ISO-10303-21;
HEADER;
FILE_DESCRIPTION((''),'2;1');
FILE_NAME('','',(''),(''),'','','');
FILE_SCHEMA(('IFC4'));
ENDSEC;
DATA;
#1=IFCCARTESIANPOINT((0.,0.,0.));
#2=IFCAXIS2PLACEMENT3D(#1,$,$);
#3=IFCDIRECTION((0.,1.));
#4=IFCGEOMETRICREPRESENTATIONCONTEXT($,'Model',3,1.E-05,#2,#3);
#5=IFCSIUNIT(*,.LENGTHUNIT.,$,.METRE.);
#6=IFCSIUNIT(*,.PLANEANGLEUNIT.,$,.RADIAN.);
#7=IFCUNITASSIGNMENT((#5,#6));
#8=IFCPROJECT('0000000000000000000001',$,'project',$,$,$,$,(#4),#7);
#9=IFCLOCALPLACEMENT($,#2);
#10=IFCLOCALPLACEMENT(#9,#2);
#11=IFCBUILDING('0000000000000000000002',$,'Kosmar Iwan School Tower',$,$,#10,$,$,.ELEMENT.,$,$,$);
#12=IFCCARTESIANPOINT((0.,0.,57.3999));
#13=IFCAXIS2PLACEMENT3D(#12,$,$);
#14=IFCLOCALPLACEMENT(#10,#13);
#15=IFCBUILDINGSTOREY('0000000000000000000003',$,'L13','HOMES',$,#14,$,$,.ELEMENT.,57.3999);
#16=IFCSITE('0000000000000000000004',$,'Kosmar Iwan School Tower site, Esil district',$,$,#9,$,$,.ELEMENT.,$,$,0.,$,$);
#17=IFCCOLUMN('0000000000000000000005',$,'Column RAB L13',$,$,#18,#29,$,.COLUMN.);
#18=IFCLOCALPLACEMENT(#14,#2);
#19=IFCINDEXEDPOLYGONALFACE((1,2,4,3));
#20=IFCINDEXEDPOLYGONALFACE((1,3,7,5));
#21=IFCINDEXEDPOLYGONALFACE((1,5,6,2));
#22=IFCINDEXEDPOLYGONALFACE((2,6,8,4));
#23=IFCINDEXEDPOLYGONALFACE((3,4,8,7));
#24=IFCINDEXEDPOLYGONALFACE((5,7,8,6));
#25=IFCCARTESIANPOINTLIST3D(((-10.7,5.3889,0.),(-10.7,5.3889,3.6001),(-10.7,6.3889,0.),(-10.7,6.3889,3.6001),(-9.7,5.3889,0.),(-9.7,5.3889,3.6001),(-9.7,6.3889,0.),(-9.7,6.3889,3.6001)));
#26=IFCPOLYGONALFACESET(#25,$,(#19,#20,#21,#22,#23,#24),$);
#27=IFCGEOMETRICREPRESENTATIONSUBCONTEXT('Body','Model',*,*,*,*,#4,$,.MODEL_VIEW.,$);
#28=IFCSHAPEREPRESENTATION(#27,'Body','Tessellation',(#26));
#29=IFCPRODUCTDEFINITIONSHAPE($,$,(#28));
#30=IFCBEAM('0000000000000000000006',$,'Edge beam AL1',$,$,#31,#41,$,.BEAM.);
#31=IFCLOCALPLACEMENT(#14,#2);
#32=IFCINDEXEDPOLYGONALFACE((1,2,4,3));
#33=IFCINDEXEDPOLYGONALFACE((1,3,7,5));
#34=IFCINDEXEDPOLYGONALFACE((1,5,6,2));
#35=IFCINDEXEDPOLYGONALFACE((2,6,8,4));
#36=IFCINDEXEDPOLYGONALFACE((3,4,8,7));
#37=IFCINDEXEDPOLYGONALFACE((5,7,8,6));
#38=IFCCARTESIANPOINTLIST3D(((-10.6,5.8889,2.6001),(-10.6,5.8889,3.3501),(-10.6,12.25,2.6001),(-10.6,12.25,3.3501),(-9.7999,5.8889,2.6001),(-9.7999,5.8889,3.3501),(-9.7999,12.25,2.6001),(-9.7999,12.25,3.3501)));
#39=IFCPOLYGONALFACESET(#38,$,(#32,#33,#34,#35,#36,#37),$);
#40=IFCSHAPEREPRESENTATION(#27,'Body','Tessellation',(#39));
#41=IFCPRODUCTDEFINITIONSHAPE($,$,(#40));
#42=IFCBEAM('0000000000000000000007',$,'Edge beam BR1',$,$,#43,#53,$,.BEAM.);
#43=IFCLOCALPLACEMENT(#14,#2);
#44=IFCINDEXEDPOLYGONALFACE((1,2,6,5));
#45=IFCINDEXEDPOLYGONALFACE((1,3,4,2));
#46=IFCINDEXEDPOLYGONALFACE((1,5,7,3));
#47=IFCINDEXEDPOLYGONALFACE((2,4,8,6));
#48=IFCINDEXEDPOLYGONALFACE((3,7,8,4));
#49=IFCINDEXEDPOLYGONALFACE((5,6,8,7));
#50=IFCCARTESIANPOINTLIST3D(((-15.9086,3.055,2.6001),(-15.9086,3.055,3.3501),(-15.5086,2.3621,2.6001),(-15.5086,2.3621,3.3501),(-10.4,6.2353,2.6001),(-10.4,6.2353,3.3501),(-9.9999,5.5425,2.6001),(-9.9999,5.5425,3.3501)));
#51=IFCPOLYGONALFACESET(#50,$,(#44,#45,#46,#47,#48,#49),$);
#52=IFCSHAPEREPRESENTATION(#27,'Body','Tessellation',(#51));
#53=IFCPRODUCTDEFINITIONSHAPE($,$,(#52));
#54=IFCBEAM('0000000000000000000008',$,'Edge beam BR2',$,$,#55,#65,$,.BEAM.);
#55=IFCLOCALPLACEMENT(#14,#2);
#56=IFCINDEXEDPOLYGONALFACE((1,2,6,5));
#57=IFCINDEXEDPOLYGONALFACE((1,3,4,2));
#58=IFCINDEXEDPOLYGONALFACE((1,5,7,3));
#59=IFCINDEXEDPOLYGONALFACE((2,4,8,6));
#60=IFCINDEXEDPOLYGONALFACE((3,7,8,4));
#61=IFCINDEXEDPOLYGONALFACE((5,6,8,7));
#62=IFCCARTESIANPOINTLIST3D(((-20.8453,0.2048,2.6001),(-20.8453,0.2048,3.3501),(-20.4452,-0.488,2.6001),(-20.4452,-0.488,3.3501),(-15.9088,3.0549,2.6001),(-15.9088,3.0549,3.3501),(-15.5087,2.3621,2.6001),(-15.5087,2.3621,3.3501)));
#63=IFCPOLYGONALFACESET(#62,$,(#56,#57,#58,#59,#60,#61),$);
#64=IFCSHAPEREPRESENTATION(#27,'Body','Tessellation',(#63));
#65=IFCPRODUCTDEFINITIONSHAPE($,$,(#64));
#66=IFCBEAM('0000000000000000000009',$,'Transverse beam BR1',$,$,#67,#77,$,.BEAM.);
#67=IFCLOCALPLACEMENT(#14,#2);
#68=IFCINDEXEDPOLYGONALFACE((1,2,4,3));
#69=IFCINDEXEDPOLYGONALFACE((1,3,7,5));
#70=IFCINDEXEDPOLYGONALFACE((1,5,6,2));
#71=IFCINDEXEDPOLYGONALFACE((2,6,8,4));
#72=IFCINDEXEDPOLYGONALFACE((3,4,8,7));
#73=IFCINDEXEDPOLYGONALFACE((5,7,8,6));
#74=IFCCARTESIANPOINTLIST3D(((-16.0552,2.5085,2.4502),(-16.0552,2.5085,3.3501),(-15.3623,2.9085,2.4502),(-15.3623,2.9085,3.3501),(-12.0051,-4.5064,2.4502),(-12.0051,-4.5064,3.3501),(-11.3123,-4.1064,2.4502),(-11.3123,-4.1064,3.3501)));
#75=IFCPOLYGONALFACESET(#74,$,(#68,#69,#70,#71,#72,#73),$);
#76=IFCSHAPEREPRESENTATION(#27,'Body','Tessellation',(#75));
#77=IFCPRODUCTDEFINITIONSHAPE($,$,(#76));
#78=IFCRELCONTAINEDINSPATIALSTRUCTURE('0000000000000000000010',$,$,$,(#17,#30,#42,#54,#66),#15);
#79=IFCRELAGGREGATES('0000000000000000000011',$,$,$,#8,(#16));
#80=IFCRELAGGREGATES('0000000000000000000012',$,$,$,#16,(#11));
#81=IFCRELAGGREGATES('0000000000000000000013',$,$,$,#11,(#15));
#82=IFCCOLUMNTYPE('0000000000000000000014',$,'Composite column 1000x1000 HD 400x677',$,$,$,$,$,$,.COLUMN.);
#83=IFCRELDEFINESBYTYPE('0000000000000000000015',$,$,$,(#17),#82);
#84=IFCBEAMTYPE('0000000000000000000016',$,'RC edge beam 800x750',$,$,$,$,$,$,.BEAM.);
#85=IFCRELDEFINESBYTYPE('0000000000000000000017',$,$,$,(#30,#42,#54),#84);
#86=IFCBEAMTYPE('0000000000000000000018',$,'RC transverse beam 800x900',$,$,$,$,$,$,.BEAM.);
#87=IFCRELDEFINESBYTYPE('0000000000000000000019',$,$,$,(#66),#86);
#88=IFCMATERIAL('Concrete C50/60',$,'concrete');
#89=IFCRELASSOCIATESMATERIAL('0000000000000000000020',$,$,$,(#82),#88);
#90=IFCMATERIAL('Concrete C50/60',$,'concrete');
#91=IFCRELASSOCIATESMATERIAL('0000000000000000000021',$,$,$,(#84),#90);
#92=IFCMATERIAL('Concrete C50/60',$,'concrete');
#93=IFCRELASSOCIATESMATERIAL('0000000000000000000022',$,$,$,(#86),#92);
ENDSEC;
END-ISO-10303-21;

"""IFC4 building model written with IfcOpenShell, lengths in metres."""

from ifc_helpers import new_model, si_unit, direction, frame, origin, origin_2d, place, context, subcontext, project, spatial, rectangle, extrude, material, material_profile, profile_set, type_object, element, save


model = new_model("IFC4")

# Units and contexts
model_context = context("Model", 3, precision=1e-05, world=origin(), true_north=direction((0.0, 1.0)))
body_context = subcontext(model_context, "Body", "Model", "MODEL_VIEW")
ifc_project = project(units=[si_unit("LENGTHUNIT", "METRE"), si_unit("PLANEANGLEUNIT", "RADIAN")], contexts=[model_context])

# Site, building, storey
site_placement = place(None, origin())
site = spatial("IfcSite", under=ifc_project, at=site_placement, Name="Kosmar Iwan School Tower site, Esil district", CompositionType="ELEMENT", RefElevation=0.0)
building_placement = place(site_placement, origin())
building = spatial("IfcBuilding", under=site, at=building_placement, Name="Kosmar Iwan School Tower", CompositionType="ELEMENT")
storey_placement = place(building_placement, frame((0.0, 0.0, 57.3999)))
storey = spatial("IfcBuildingStorey", under=building, at=storey_placement, Name="L13", Description="HOMES", CompositionType="ELEMENT", Elevation=57.3999)

# Column
ifc_material_1 = material(Name="Concrete C50/60", Category="concrete")
ifc_material_profile_1 = material_profile(ifc_material_1, rectangle(XDim=1.0, YDim=1.0, at=origin_2d()), Name="RC 1000x1000 + HD 400x677")
ifc_profile_set_1 = profile_set([ifc_material_profile_1], Name="Concrete C50/60")
column_type = type_object("IfcColumnType", Name="Composite column 1000x1000 HD 400x677", PredefinedType="COLUMN", material=ifc_profile_set_1)
column_placement = place(storey_placement, frame((-10.2, 5.8889, 0.0), z_axis=(0.0, 0.0, 1.0), x_axis=(1.0, 0.0, 0.0)))
element("IfcColumn", 1, at=column_placement, inside=storey, type_object=column_type, Name="Column RAB L13", PredefinedType="COLUMN", context=body_context, shape_type="SweptSolid", body=[
    extrude(rectangle(XDim=1.0, YDim=1.0, at=origin_2d()), origin(), (0.0, 0.0, 1.0), 3.6001),
])

# Beams
ifc_material_2 = material(Name="Concrete C50/60", Category="concrete")
ifc_material_profile_2 = material_profile(ifc_material_2, rectangle(XDim=0.8, YDim=0.75, at=origin_2d()), Name="RC 800x750")
ifc_profile_set_2 = profile_set([ifc_material_profile_2], Name="Concrete C50/60")
beam_type_1 = type_object("IfcBeamType", Name="RC edge beam 800x750", PredefinedType="BEAM", material=ifc_profile_set_2)
beam_1_placement = place(storey_placement, frame((-10.2, 5.8889, 2.9751), z_axis=(0.0, 1.0, 0.0), x_axis=(-1.0, 0.0, 0.0)))
element("IfcBeam", 2, at=beam_1_placement, inside=storey, type_object=beam_type_1, Name="Edge beam AL1", PredefinedType="BEAM", context=body_context, shape_type="SweptSolid", body=[
    extrude(rectangle(XDim=0.8, YDim=0.75, at=origin_2d()), origin(), (0.0, 0.0, 1.0), 6.3611),
])
beam_2_placement = place(storey_placement, frame((-10.2, 5.8889, 2.9751), z_axis=(-0.866031, -0.49999, 0.0), x_axis=(0.49999, -0.866031, 0.0)))
element("IfcBeam", 3, at=beam_2_placement, inside=storey, type_object=beam_type_1, Name="Edge beam BR1", PredefinedType="BEAM", context=body_context, shape_type="SweptSolid", body=[
    extrude(rectangle(XDim=0.8, YDim=0.75, at=origin_2d()), origin(), (0.0, 0.0, 1.0), 6.3608),
])
beam_3_placement = place(storey_placement, frame((-15.7087, 2.7085, 2.9751), z_axis=(-0.866026, -0.499999, 0.0), x_axis=(0.499999, -0.866026, 0.0)))
element("IfcBeam", 4, at=beam_3_placement, inside=storey, type_object=beam_type_1, Name="Edge beam BR2", PredefinedType="BEAM", context=body_context, shape_type="SweptSolid", body=[
    extrude(rectangle(XDim=0.8, YDim=0.75, at=origin_2d()), origin(), (0.0, 0.0, 1.0), 5.7002),
])
ifc_material_3 = material(Name="Concrete C50/60", Category="concrete")
ifc_material_profile_3 = material_profile(ifc_material_3, rectangle(XDim=0.8, YDim=0.8999, at=origin_2d()), Name="RC 800x900")
ifc_profile_set_3 = profile_set([ifc_material_profile_3], Name="Concrete C50/60")
beam_type_2 = type_object("IfcBeamType", Name="RC transverse beam 800x900", PredefinedType="BEAM", material=ifc_profile_set_3)
beam_4_placement = place(storey_placement, frame((-15.7087, 2.7085, 2.9001), z_axis=(0.5, -0.866025, 0.0), x_axis=(0.866025, 0.5, 0.0)))
element("IfcBeam", 5, at=beam_4_placement, inside=storey, type_object=beam_type_2, Name="Transverse beam BR1", PredefinedType="BEAM", context=body_context, shape_type="SweptSolid", body=[
    extrude(rectangle(XDim=0.8, YDim=0.8999, at=origin_2d()), origin(), (0.0, 0.0, 1.0), 8.1001),
])

save(model, "model.ifc")
